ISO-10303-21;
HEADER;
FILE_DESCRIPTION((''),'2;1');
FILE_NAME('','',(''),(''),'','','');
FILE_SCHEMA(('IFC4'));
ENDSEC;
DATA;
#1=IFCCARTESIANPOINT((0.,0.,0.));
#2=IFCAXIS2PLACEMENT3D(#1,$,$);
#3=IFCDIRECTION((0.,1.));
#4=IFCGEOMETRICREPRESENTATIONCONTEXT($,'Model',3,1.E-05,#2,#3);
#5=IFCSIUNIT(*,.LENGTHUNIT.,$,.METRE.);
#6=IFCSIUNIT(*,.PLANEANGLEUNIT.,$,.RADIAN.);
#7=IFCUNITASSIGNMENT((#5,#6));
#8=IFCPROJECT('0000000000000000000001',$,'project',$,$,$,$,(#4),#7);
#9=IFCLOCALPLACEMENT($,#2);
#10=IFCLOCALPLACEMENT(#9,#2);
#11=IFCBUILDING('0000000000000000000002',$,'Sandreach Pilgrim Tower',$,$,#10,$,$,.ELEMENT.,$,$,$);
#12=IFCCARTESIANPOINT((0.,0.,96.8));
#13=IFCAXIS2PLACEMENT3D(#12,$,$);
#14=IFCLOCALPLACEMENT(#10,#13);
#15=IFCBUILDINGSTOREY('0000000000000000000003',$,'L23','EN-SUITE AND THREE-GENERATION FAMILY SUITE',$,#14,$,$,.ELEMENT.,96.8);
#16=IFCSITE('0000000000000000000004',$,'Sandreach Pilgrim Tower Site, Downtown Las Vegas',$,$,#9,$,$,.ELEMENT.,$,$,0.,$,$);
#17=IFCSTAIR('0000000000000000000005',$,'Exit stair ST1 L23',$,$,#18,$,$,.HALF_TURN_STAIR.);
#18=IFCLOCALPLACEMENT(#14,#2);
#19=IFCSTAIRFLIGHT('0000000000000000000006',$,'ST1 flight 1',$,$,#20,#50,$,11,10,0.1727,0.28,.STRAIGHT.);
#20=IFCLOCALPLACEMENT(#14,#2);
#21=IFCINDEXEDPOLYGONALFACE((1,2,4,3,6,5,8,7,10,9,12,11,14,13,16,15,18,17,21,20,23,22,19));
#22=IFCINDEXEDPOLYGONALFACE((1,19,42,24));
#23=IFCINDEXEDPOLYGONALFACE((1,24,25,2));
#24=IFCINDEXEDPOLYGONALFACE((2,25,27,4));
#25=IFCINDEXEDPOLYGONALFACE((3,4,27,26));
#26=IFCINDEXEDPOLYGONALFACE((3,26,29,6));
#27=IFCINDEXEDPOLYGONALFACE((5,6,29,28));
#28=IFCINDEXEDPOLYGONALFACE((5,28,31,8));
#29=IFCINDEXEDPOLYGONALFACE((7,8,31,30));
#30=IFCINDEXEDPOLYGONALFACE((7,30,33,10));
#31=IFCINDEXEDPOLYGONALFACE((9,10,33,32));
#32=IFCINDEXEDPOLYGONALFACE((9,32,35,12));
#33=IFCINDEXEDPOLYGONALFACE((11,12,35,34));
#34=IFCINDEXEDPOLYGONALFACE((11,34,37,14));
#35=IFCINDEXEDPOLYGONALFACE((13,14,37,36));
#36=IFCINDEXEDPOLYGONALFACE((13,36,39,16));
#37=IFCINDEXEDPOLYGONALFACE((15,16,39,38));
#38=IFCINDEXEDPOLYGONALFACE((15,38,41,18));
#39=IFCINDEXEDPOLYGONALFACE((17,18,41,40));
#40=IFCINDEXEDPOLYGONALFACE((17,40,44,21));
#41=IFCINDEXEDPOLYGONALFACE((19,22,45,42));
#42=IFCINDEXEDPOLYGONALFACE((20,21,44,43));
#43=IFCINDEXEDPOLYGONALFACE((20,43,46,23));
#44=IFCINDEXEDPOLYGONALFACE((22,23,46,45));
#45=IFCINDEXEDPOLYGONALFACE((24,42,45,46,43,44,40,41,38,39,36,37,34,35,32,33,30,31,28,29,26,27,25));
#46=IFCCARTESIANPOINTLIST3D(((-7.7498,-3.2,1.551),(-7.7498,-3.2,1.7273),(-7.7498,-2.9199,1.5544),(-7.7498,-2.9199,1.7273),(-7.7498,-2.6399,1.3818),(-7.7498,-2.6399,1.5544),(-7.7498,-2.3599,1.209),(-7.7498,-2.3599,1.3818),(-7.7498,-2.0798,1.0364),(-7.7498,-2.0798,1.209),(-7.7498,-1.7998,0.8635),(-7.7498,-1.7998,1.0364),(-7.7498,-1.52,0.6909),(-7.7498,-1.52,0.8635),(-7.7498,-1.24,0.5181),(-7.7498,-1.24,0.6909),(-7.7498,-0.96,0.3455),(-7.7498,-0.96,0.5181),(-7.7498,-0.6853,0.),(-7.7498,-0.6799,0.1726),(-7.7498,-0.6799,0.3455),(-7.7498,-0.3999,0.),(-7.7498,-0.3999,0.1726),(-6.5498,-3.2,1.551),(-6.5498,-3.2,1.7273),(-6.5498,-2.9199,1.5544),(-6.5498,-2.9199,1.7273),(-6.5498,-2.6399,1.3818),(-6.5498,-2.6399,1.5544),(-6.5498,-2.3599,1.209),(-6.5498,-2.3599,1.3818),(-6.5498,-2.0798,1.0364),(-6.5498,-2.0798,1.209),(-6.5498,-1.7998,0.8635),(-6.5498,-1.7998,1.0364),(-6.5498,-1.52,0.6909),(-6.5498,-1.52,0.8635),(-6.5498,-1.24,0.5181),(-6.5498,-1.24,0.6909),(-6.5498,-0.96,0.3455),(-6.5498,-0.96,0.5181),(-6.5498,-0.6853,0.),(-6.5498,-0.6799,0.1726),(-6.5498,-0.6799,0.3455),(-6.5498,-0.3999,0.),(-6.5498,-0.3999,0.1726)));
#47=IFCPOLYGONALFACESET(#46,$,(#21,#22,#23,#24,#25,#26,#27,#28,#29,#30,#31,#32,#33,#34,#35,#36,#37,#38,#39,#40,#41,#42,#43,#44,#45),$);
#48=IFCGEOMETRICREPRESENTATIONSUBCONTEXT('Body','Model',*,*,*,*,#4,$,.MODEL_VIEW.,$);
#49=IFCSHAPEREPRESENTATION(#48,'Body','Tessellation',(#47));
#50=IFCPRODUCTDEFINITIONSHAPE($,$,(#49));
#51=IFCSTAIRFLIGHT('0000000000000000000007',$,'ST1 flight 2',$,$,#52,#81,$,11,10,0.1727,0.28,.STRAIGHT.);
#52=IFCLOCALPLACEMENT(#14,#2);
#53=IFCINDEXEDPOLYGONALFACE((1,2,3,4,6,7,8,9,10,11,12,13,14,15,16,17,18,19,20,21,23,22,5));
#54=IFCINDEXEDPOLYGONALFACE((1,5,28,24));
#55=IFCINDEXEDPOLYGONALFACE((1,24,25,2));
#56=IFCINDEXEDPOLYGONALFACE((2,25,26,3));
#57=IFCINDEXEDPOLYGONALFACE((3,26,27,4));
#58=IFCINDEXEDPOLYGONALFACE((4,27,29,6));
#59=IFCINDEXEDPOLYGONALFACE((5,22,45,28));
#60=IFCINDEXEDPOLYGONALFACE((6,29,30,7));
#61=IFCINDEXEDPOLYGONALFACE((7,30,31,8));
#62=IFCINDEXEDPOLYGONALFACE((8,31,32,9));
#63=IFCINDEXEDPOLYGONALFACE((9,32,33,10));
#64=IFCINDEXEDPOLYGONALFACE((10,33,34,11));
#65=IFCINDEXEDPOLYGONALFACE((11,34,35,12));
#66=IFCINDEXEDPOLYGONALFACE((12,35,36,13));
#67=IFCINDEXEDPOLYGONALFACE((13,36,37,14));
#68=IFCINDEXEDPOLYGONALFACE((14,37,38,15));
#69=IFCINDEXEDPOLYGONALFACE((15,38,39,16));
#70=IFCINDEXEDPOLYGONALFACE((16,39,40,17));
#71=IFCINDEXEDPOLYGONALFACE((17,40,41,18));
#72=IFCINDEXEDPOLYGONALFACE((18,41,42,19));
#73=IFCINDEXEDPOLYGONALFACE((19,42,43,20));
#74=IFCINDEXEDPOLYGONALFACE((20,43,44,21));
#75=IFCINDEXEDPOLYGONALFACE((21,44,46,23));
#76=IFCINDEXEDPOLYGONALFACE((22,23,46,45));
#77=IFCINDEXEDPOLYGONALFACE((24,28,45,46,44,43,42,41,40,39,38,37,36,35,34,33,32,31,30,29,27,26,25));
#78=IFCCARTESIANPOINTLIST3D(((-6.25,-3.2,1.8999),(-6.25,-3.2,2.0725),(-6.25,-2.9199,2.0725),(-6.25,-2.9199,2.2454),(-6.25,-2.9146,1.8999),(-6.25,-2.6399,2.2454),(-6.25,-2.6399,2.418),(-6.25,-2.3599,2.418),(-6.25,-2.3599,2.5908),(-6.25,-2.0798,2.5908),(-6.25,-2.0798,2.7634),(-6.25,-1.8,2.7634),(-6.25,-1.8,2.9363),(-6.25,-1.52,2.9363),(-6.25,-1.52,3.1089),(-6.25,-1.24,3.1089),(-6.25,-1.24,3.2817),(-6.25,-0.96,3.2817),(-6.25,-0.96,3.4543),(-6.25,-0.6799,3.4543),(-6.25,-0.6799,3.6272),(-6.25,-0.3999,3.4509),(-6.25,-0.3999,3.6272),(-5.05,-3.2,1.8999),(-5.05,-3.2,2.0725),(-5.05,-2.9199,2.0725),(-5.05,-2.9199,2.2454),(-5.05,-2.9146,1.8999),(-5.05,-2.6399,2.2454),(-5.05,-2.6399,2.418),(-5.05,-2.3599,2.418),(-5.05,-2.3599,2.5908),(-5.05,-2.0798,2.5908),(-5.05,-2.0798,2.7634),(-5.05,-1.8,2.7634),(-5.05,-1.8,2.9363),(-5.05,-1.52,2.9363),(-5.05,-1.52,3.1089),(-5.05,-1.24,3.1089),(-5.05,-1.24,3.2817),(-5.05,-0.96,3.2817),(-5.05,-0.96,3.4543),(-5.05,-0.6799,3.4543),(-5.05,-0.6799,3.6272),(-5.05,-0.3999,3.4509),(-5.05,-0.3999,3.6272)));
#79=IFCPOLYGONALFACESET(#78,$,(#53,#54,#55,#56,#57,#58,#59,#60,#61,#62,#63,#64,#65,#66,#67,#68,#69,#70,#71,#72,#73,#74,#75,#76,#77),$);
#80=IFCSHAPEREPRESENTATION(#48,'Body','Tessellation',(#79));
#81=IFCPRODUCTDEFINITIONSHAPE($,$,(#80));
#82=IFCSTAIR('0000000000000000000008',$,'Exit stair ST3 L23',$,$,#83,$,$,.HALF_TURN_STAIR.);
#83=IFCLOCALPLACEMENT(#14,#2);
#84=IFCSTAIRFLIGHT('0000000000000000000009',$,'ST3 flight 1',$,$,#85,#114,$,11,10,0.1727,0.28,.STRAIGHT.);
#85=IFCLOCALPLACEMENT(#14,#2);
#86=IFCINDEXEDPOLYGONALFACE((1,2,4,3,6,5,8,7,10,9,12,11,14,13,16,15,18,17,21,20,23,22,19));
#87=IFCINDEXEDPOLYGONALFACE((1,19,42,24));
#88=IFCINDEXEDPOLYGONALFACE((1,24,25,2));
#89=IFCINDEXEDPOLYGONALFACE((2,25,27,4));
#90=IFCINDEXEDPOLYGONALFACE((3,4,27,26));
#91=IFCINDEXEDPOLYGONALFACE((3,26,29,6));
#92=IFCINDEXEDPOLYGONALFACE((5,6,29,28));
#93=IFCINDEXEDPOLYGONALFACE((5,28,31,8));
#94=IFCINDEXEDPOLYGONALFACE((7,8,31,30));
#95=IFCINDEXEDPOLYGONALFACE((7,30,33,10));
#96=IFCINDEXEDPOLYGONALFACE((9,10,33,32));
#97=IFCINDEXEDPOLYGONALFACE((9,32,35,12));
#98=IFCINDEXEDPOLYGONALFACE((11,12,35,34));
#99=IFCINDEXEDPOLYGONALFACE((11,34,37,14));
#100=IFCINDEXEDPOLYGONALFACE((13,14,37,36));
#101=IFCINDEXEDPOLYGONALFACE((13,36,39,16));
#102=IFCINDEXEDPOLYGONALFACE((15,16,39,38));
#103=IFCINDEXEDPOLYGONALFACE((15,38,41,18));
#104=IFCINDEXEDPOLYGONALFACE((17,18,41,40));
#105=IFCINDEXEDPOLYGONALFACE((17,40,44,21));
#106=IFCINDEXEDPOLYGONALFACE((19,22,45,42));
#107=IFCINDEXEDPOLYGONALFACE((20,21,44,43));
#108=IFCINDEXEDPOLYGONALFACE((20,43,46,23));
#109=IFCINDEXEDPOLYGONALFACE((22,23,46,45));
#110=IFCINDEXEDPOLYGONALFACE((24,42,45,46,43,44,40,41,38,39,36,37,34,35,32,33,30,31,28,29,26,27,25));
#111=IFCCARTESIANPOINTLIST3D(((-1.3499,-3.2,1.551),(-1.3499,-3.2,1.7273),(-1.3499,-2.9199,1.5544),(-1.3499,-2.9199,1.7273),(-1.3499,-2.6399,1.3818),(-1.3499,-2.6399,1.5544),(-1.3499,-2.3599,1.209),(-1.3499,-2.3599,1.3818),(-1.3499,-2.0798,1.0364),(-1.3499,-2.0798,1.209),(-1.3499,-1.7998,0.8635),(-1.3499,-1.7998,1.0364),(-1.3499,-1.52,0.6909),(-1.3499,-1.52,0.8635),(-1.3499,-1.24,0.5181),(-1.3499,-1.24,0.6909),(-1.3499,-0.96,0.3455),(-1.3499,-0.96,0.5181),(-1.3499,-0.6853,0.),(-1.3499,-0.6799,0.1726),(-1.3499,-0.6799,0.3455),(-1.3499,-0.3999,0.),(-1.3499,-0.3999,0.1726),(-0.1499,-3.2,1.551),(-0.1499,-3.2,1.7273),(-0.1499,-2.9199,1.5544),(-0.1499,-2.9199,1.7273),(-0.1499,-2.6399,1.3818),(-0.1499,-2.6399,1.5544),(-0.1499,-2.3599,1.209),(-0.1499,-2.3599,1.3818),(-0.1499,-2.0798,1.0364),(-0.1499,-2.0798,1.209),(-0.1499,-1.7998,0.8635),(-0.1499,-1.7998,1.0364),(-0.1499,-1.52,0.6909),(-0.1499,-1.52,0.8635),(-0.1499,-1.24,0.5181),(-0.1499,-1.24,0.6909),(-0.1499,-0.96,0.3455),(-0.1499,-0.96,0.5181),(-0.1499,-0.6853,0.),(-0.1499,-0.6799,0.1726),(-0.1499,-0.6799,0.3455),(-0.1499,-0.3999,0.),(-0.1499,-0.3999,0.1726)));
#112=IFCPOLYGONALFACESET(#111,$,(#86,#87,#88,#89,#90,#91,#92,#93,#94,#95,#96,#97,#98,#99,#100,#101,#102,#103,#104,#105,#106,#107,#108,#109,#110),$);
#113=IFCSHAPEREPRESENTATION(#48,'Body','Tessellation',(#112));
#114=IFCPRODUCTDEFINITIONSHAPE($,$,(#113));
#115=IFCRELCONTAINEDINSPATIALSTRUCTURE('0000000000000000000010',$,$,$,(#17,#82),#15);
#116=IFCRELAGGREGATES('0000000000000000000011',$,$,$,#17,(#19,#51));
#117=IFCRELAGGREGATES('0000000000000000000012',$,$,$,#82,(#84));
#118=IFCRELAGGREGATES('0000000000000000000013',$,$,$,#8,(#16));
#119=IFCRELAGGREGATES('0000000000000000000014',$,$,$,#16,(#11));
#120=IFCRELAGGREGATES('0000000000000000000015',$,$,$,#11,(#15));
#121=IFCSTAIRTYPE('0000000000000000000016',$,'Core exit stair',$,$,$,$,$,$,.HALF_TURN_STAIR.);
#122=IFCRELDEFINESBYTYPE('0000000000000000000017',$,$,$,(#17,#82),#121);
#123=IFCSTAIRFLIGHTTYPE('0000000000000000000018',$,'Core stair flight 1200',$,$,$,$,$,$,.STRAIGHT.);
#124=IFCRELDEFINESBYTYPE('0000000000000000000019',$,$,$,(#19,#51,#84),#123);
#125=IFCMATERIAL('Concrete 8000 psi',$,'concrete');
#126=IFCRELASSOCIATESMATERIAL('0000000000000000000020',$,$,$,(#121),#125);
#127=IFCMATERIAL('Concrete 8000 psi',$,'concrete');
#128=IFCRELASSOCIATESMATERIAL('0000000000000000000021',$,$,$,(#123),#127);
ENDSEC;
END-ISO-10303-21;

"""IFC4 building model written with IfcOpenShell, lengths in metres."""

from ifc_helpers import new_model, si_unit, direction, frame, origin, place, context, subcontext, project, spatial, polyline, outline, extrude, material, type_object, element, aggregate, save


model = new_model("IFC4")

# Units and contexts
model_context = context("Model", 3, precision=1e-05, world=origin(), true_north=direction((0.0, 1.0)))
body_context = subcontext(model_context, "Body", "Model", "MODEL_VIEW")
ifc_project = project(units=[si_unit("LENGTHUNIT", "METRE"), si_unit("PLANEANGLEUNIT", "RADIAN")], contexts=[model_context])

# Site, building, storey
site_placement = place(None, origin())
site = spatial("IfcSite", under=ifc_project, at=site_placement, Name="Sandreach Pilgrim Tower Site, Downtown Las Vegas", CompositionType="ELEMENT", RefElevation=0.0)
building_placement = place(site_placement, origin())
building = spatial("IfcBuilding", under=site, at=building_placement, Name="Sandreach Pilgrim Tower", CompositionType="ELEMENT")
storey_placement = place(building_placement, frame((0.0, 0.0, 96.8)))
storey = spatial("IfcBuildingStorey", under=building, at=storey_placement, Name="L23", Description="EN-SUITE AND THREE-GENERATION FAMILY SUITE", CompositionType="ELEMENT", Elevation=96.8)

# Stair, stair flights
ifc_material_1 = material(Name="Concrete 8000 psi", Category="concrete")
stair_type = type_object("IfcStairType", Name="Core exit stair", PredefinedType="HALF_TURN_STAIR", material=ifc_material_1)
stair_1_placement = place(storey_placement, origin())
stair_1 = element("IfcStair", 1, at=stair_1_placement, inside=storey, type_object=stair_type, Name="Exit stair ST1 L23", PredefinedType="HALF_TURN_STAIR")
ifc_material_2 = material(Name="Concrete 8000 psi", Category="concrete")
stair_flight_type = type_object("IfcStairFlightType", Name="Core stair flight 1200", PredefinedType="STRAIGHT", material=ifc_material_2)
stair_flight_1_placement = place(storey_placement, frame((-7.1499, -0.3999, 0.0), z_axis=(0.0, 0.0, 1.0), x_axis=(0.0, -1.0, 0.0)))
stair_flight_1 = element("IfcStairFlight", 2, at=stair_flight_1_placement, type_object=stair_flight_type, Name="ST1 flight 1", NumberOfRisers=11, NumberOfTreads=10, PredefinedType="STRAIGHT", RiserHeight=0.1727, TreadLength=0.28, context=body_context, shape_type="SweptSolid", body=[
    extrude(outline(polyline([(0.0, 0.0), (0.0, 0.1726), (0.28, 0.1726), (0.28, 0.3455), (0.5601, 0.3455), (0.5601, 0.5181), (0.8401, 0.5181), (0.8401, 0.6909), (1.1201, 0.6909), (1.1201, 0.8635), (1.3999, 0.8635), (1.3999, 1.0364), (1.6799, 1.0364), (1.6799, 1.209), (1.96, 1.209), (1.96, 1.3818), (2.24, 1.3818), (2.24, 1.5544), (2.52, 1.5544), (2.52, 1.7273), (2.8, 1.7273), (2.8, 1.8999), (2.8, 1.551), (0.2854, 0.0), (0.0, 0.0)])), frame((0.0, 0.6001, 0.0), z_axis=(0.0, -1.0, 0.0), x_axis=(1.0, 0.0, 0.0)), (0.0, 0.0, 1.0), 1.2),
])
stair_flight_2_placement = place(storey_placement, frame((-5.6499, -3.2, 1.8999), z_axis=(0.0, 0.0, 1.0), x_axis=(0.0, 1.0, 0.0)))
stair_flight_2 = element("IfcStairFlight", 3, at=stair_flight_2_placement, type_object=stair_flight_type, Name="ST1 flight 2", NumberOfRisers=11, NumberOfTreads=10, PredefinedType="STRAIGHT", RiserHeight=0.1727, TreadLength=0.28, context=body_context, shape_type="SweptSolid", body=[
    extrude(outline(polyline([(0.0, 0.0), (0.0, 0.1726), (0.28, 0.1726), (0.28, 0.3455), (0.5601, 0.3455), (0.5601, 0.5181), (0.8401, 0.5181), (0.8401, 0.6909), (1.1201, 0.6909), (1.1201, 0.8635), (1.3999, 0.8635), (1.3999, 1.0364), (1.6799, 1.0364), (1.6799, 1.209), (1.96, 1.209), (1.96, 1.3818), (2.24, 1.3818), (2.24, 1.5544), (2.52, 1.5544), (2.52, 1.7273), (2.8, 1.7273), (2.8, 1.8999), (2.8, 1.551), (0.2854, 0.0), (0.0, 0.0)])), frame((0.0, 0.6001, 0.0), z_axis=(0.0, -1.0, 0.0), x_axis=(1.0, 0.0, 0.0)), (0.0, 0.0, 1.0), 1.2),
])
aggregate(stair_1, [stair_flight_1, stair_flight_2])

# Stair, stair flight
stair_2_placement = place(storey_placement, origin())
stair_2 = element("IfcStair", 4, at=stair_2_placement, inside=storey, type_object=stair_type, Name="Exit stair ST3 L23", PredefinedType="HALF_TURN_STAIR")
stair_flight_3_placement = place(storey_placement, frame((-0.75, -0.3999, 0.0), z_axis=(0.0, 0.0, 1.0), x_axis=(0.0, -1.0, 0.0)))
stair_flight_3 = element("IfcStairFlight", 5, at=stair_flight_3_placement, type_object=stair_flight_type, Name="ST3 flight 1", NumberOfRisers=11, NumberOfTreads=10, PredefinedType="STRAIGHT", RiserHeight=0.1727, TreadLength=0.28, context=body_context, shape_type="SweptSolid", body=[
    extrude(outline(polyline([(0.0, 0.0), (0.0, 0.1726), (0.28, 0.1726), (0.28, 0.3455), (0.5601, 0.3455), (0.5601, 0.5181), (0.8401, 0.5181), (0.8401, 0.6909), (1.1201, 0.6909), (1.1201, 0.8635), (1.3999, 0.8635), (1.3999, 1.0364), (1.6799, 1.0364), (1.6799, 1.209), (1.96, 1.209), (1.96, 1.3818), (2.24, 1.3818), (2.24, 1.5544), (2.52, 1.5544), (2.52, 1.7273), (2.8, 1.7273), (2.8, 1.8999), (2.8, 1.551), (0.2854, 0.0), (0.0, 0.0)])), frame((0.0, 0.6001, 0.0), z_axis=(0.0, -1.0, 0.0), x_axis=(1.0, 0.0, 0.0)), (0.0, 0.0, 1.0), 1.2),
])
aggregate(stair_2, [stair_flight_3])

save(model, "model.ifc")
